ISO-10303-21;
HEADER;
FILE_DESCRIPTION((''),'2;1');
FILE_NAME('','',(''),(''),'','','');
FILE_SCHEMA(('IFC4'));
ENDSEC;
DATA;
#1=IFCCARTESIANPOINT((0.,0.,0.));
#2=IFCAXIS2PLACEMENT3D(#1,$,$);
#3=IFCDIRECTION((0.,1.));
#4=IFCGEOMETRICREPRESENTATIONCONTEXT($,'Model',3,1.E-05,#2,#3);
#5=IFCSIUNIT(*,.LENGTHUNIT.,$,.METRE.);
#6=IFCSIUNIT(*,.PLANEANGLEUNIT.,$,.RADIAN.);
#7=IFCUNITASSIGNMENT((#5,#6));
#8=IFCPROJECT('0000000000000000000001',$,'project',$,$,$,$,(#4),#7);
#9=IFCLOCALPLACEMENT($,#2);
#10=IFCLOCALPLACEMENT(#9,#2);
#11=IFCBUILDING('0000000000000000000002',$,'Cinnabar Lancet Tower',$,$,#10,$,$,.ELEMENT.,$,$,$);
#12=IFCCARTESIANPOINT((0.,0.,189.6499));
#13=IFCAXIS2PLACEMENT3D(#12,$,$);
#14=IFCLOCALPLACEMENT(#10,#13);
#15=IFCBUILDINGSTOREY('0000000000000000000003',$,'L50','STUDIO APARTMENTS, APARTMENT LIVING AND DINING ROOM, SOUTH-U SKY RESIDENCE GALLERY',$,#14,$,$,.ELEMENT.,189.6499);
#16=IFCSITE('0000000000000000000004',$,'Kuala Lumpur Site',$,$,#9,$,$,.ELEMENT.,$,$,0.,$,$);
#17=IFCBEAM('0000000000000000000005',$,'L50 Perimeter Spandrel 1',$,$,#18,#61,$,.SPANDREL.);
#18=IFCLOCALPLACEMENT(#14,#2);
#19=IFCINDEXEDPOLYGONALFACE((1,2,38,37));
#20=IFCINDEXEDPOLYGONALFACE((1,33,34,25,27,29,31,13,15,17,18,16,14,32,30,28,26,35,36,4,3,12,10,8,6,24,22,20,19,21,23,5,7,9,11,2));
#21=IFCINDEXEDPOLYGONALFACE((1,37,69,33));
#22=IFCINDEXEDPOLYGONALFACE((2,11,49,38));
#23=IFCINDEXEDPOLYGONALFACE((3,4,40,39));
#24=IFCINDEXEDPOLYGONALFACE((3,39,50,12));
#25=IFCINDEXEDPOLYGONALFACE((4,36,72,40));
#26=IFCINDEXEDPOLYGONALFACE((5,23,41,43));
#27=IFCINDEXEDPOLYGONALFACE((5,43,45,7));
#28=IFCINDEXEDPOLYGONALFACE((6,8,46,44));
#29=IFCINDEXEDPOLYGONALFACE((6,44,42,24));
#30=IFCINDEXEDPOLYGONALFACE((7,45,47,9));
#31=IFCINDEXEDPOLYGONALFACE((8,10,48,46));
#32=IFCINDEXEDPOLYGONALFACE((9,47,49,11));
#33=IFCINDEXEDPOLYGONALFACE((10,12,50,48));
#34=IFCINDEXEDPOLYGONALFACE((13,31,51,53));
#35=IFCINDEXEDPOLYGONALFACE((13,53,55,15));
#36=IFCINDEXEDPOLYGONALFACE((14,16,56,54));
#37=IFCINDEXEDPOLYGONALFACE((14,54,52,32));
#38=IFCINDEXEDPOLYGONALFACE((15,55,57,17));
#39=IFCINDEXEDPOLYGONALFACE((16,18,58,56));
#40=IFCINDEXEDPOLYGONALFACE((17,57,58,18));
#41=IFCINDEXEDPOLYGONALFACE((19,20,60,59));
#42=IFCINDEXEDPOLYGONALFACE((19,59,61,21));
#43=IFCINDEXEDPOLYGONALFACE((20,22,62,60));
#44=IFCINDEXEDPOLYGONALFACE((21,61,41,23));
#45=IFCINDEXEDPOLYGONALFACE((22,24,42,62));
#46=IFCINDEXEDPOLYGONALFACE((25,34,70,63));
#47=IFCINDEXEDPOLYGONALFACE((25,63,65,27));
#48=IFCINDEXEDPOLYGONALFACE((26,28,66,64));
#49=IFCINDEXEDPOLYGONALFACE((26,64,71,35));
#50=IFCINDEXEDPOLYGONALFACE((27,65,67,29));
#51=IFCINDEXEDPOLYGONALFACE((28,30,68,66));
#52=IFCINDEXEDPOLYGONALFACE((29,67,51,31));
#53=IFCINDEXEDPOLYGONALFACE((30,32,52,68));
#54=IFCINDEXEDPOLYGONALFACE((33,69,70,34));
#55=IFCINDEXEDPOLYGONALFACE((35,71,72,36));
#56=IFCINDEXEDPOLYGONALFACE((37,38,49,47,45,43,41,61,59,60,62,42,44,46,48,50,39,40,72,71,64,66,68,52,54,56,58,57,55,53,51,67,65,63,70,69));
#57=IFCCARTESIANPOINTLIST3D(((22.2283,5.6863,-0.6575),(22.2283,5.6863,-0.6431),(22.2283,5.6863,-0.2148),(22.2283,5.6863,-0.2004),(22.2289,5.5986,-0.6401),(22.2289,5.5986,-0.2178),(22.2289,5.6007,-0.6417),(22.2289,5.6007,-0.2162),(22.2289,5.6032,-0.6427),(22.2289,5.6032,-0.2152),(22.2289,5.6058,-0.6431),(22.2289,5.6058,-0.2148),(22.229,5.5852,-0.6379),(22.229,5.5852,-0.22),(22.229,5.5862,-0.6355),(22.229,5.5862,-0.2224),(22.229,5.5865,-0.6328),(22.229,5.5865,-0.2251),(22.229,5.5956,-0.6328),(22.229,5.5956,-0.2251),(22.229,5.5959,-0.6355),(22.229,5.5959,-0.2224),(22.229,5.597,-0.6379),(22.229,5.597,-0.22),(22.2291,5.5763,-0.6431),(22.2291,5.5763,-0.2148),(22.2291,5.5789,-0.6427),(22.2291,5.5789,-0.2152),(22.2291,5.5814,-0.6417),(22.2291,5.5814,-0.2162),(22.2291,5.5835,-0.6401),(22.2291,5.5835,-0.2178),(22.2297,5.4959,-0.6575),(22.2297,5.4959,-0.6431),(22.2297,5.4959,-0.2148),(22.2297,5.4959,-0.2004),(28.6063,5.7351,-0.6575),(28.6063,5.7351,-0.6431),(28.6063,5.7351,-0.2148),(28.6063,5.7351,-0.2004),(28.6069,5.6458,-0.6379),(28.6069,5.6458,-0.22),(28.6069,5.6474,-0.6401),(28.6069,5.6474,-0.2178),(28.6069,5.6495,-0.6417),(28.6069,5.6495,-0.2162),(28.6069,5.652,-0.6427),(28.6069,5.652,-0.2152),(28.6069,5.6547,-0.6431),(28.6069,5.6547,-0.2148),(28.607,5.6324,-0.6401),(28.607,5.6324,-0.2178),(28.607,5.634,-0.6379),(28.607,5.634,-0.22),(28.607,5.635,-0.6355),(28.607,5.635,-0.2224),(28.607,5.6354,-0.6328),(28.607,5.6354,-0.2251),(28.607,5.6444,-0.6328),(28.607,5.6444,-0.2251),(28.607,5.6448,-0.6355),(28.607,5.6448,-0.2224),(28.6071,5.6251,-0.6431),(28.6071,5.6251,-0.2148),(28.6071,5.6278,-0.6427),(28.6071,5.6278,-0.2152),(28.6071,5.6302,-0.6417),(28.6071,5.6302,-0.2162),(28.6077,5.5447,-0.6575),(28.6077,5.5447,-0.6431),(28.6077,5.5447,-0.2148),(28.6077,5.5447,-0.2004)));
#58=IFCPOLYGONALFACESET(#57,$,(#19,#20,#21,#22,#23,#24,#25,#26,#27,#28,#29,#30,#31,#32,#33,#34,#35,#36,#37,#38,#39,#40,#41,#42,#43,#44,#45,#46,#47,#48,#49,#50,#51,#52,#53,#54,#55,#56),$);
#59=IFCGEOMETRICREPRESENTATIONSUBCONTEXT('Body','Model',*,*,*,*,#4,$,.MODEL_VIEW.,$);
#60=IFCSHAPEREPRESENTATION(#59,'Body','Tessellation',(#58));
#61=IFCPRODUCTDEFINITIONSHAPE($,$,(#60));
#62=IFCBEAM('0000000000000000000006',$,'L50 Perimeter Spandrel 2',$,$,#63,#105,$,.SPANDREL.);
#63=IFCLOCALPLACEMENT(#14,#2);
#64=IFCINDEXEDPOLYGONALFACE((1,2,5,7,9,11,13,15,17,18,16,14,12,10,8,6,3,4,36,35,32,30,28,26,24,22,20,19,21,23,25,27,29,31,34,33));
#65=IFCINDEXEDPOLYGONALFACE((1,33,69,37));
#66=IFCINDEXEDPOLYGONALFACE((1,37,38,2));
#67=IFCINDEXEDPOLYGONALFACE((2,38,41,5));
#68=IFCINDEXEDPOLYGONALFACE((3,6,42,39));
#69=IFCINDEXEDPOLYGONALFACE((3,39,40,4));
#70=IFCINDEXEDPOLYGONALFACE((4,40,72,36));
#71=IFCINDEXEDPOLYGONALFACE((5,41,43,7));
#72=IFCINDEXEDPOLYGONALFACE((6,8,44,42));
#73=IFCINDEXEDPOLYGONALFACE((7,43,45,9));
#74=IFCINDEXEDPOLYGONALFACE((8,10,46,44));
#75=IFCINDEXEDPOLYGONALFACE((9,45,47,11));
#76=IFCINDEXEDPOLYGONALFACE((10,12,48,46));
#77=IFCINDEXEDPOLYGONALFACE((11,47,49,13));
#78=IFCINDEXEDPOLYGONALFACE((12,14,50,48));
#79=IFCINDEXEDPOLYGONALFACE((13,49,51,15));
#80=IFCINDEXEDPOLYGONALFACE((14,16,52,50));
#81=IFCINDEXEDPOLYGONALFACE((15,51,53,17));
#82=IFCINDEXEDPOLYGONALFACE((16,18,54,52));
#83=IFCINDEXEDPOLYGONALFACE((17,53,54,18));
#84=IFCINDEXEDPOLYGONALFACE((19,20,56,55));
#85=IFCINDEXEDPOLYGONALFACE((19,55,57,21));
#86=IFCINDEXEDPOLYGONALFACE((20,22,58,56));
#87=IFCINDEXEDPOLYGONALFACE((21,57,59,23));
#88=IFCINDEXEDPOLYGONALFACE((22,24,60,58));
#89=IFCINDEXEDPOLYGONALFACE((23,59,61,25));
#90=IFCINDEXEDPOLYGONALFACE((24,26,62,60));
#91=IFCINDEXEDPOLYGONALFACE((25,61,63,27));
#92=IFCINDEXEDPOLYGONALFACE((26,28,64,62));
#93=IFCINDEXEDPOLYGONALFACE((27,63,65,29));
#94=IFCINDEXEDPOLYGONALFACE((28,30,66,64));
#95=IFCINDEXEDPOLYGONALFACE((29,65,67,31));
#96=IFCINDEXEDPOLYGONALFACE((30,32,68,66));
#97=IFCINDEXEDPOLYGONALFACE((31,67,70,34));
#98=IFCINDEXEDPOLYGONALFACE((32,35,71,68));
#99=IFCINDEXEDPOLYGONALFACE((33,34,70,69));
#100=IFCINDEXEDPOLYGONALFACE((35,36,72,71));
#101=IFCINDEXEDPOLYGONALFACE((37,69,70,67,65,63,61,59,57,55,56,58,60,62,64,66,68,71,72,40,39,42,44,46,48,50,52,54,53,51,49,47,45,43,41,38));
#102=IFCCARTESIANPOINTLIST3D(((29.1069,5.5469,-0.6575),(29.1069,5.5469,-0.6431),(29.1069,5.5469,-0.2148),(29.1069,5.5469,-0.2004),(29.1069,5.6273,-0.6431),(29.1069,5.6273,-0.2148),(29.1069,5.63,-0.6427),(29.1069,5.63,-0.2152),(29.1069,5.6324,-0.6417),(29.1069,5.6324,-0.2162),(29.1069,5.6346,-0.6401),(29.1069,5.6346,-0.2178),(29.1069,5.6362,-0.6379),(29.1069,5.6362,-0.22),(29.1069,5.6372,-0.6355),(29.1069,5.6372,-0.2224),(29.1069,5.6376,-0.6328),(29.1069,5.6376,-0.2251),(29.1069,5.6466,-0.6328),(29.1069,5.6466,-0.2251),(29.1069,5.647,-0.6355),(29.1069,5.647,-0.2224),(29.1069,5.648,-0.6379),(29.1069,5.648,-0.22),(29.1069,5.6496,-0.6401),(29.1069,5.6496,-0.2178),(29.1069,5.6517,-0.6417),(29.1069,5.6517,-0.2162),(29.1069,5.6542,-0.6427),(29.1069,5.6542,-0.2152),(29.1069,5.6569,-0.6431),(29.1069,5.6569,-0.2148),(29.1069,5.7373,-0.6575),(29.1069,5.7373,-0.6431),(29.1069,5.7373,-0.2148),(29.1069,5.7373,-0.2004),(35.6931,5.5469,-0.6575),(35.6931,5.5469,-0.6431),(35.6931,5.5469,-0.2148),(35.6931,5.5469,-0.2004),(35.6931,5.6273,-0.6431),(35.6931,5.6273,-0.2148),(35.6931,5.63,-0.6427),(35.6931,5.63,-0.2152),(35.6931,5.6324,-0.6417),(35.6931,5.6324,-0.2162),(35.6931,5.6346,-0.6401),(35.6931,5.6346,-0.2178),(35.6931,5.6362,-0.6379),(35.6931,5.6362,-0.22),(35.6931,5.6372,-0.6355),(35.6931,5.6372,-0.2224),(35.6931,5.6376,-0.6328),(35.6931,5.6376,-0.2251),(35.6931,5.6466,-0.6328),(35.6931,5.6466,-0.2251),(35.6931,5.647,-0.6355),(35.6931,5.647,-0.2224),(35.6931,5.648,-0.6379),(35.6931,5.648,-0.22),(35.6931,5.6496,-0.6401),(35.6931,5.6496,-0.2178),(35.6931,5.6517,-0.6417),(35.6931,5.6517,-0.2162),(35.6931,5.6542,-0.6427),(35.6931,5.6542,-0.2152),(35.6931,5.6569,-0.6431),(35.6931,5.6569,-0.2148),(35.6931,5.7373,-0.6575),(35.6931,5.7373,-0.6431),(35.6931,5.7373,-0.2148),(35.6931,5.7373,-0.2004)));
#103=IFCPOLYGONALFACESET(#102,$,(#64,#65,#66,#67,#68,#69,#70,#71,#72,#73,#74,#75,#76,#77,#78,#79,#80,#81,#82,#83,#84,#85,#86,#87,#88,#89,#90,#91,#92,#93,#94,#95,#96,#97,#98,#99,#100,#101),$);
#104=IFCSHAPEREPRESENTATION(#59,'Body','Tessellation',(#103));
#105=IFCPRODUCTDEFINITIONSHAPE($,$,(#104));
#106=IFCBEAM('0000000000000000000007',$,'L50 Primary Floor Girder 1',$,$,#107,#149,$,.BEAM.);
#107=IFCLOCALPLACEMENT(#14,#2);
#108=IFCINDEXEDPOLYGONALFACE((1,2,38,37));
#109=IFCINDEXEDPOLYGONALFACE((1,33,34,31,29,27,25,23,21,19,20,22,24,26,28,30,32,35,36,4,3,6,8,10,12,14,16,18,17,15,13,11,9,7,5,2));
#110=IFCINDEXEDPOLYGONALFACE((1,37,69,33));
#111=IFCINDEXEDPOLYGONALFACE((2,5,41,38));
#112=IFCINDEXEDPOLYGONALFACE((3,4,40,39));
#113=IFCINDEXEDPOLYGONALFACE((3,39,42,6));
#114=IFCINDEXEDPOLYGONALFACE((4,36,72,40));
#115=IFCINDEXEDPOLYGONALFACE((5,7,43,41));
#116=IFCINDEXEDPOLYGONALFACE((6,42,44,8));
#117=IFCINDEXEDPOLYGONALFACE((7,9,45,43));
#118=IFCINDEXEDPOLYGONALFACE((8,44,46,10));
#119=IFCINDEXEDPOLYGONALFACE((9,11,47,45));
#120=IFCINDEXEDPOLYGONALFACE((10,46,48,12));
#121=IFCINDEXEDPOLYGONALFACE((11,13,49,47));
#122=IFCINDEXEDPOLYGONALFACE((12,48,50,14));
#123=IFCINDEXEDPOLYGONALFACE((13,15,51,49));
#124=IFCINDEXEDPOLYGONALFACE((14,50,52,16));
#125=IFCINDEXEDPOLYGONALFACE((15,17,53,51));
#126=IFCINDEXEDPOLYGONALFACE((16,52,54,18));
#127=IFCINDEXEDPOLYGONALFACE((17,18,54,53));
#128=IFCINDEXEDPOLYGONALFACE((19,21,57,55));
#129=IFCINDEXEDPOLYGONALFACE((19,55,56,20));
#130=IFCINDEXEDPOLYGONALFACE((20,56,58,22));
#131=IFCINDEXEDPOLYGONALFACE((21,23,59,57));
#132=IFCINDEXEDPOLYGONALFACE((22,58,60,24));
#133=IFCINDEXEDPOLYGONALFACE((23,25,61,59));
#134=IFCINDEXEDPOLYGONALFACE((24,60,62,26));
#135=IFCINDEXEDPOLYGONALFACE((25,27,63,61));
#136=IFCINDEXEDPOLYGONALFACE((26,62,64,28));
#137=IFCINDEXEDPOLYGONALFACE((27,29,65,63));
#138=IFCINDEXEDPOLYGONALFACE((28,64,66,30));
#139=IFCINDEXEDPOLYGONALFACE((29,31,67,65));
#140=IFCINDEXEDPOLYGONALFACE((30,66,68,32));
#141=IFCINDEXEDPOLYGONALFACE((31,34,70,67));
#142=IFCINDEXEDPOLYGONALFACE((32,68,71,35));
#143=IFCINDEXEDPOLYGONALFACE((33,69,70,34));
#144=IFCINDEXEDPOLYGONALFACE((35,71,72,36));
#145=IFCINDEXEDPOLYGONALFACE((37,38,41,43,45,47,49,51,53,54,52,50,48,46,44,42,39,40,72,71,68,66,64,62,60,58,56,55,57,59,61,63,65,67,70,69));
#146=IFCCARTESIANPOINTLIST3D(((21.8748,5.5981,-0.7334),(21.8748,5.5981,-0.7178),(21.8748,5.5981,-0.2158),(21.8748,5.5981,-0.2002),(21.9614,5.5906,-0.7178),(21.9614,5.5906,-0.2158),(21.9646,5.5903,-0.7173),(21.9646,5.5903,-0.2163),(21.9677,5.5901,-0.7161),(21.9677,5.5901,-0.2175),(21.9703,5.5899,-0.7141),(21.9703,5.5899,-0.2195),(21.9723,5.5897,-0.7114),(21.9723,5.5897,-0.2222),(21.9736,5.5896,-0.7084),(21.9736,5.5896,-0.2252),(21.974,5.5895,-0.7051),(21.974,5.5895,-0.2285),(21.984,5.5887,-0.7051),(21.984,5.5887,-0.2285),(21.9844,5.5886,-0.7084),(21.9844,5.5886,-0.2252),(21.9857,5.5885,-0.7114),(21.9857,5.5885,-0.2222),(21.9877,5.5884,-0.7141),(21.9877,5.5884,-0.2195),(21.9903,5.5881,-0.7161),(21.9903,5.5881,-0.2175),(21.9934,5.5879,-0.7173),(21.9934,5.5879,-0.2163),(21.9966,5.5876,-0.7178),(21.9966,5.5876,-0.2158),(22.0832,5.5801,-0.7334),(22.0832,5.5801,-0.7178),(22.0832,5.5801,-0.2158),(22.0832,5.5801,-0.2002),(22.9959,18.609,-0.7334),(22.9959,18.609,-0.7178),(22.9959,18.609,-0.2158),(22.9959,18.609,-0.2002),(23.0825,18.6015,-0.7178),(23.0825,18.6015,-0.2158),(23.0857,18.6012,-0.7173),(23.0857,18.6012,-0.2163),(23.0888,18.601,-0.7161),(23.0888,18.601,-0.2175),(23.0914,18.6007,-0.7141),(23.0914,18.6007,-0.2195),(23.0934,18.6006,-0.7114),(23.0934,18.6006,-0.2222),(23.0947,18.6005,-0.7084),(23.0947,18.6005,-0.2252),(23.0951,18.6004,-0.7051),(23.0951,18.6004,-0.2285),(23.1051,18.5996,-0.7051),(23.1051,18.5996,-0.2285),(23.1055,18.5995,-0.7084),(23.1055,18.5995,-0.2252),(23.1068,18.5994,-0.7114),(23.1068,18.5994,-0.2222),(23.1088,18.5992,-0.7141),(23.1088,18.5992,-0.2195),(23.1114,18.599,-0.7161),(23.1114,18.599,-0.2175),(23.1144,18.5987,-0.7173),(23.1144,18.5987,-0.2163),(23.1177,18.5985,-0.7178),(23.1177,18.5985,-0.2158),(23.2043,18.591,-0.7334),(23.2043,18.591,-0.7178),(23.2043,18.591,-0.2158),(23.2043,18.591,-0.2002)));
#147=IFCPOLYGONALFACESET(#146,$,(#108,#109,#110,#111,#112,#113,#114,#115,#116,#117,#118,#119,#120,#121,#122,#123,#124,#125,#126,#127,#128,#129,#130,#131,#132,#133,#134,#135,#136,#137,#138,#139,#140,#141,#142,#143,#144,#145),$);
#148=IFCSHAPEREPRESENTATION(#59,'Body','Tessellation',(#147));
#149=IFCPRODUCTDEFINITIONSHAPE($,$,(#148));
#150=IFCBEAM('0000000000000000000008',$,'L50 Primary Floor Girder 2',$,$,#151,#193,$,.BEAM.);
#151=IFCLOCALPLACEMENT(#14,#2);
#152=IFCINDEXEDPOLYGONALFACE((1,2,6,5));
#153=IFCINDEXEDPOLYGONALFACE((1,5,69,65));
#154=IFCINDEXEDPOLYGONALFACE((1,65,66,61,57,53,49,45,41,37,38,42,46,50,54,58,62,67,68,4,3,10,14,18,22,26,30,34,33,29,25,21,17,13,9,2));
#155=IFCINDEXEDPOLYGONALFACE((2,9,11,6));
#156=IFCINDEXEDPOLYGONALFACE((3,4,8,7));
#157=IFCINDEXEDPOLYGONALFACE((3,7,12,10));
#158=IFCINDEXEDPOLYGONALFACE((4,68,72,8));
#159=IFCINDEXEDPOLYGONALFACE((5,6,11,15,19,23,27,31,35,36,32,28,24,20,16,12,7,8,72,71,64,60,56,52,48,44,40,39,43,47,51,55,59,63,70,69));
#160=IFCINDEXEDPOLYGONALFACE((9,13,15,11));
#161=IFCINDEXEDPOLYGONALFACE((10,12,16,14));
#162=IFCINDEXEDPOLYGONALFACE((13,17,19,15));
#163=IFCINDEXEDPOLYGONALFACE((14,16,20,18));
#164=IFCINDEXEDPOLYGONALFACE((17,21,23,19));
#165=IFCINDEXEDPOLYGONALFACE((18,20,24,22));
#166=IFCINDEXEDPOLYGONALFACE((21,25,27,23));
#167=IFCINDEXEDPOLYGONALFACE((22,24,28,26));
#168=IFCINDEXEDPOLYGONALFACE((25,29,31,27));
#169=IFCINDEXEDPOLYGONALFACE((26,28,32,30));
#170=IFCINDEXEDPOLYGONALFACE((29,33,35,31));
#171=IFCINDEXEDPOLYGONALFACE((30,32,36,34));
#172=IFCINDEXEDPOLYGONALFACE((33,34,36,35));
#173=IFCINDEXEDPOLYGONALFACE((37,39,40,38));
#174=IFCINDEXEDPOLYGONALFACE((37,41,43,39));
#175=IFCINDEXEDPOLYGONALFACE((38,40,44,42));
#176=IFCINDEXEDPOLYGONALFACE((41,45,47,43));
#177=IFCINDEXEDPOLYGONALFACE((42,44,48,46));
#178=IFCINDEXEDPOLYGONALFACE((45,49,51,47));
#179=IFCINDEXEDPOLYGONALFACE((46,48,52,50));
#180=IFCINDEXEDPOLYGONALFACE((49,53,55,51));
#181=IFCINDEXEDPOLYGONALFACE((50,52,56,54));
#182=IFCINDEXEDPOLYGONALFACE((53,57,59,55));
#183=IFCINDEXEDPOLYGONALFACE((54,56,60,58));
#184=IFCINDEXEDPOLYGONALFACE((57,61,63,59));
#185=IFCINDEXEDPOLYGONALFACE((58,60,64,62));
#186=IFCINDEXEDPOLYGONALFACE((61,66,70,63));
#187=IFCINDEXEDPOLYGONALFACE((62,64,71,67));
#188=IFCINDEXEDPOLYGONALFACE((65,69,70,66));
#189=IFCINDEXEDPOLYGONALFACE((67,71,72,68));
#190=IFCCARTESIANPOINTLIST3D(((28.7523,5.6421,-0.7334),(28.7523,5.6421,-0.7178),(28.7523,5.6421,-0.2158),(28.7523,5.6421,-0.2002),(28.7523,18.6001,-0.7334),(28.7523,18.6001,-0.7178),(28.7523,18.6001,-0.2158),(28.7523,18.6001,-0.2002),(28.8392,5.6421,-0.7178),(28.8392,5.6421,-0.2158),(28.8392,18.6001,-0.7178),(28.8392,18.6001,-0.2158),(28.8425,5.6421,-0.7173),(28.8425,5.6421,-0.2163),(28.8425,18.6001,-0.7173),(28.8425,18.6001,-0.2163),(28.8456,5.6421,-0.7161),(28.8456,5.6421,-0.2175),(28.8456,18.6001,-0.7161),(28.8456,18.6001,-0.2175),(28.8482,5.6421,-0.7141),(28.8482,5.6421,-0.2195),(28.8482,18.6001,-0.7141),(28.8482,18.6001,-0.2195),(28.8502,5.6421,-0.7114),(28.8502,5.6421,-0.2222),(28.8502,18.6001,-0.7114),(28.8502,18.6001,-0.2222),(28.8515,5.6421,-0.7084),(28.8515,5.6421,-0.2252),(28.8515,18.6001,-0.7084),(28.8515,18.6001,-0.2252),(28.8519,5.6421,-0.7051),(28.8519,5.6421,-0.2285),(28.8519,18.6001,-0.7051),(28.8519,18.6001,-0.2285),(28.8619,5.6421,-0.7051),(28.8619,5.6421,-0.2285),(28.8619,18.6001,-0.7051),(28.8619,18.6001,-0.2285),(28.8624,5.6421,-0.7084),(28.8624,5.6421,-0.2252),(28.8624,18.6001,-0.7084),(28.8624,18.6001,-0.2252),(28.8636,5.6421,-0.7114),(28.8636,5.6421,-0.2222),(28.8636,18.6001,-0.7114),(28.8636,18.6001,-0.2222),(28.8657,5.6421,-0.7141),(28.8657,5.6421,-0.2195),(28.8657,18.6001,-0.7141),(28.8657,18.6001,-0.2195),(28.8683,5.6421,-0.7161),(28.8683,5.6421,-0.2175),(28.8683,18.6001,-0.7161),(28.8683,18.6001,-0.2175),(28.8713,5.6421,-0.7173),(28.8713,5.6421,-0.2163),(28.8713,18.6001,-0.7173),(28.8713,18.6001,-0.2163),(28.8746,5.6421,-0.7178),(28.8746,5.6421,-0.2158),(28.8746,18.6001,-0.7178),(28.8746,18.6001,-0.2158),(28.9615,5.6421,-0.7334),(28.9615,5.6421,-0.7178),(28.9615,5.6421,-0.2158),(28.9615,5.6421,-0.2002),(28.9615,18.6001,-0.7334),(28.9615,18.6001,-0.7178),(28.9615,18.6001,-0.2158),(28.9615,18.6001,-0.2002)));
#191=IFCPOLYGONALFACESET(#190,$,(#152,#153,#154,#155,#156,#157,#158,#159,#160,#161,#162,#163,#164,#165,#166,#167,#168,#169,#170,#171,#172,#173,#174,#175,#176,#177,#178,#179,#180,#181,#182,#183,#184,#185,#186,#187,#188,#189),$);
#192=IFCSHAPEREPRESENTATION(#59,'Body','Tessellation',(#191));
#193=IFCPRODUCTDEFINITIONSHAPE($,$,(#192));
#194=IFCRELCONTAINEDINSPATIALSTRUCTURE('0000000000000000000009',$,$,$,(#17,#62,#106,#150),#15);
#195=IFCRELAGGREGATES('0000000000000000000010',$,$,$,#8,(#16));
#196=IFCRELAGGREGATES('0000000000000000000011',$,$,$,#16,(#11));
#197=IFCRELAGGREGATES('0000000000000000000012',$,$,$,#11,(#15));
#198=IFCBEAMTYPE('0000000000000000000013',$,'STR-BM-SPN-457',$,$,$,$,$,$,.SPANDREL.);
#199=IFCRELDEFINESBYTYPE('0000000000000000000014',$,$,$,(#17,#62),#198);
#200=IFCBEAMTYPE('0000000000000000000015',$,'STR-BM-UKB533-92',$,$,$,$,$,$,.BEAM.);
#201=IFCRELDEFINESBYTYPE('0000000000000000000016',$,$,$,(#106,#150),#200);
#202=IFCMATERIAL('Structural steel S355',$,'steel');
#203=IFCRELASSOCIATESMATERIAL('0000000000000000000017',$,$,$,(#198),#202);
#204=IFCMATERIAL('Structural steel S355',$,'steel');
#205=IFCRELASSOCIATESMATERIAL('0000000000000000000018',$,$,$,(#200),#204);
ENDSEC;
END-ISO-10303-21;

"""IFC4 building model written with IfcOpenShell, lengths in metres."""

from ifc_helpers import new_model, si_unit, direction, frame, origin, origin_2d, place, context, subcontext, project, spatial, i_section, extrude, material, material_profile, profile_set, type_object, element, save


model = new_model("IFC4")

# Units and contexts
model_context = context("Model", 3, precision=1e-05, world=origin(), true_north=direction((0.0, 1.0)))
body_context = subcontext(model_context, "Body", "Model", "MODEL_VIEW")
ifc_project = project(units=[si_unit("LENGTHUNIT", "METRE"), si_unit("PLANEANGLEUNIT", "RADIAN")], contexts=[model_context])

# Site, building, storey
site_placement = place(None, origin())
site = spatial("IfcSite", under=ifc_project, at=site_placement, Name="Kuala Lumpur Site", CompositionType="ELEMENT", RefElevation=0.0)
building_placement = place(site_placement, origin())
building = spatial("IfcBuilding", under=site, at=building_placement, Name="Cinnabar Lancet Tower", CompositionType="ELEMENT")
storey_placement = place(building_placement, frame((0.0, 0.0, 189.6499)))
storey = spatial("IfcBuildingStorey", under=building, at=storey_placement, Name="L50", Description="STUDIO APARTMENTS, APARTMENT LIVING AND DINING ROOM, SOUTH-U SKY RESIDENCE GALLERY", CompositionType="ELEMENT", Elevation=189.6499)

# Beams
ifc_material_1 = material(Name="Structural steel S355", Category="steel")
ifc_material_profile_1 = material_profile(ifc_material_1, i_section(OverallWidth=0.1904, OverallDepth=0.457, WebThickness=0.009, FlangeThickness=0.0144, FilletRadius=0.0103, at=origin_2d()), Name="UKB 457x191x74")
ifc_profile_set_1 = profile_set([ifc_material_profile_1], Name="Structural steel S355")
beam_type_1 = type_object("IfcBeamType", Name="STR-BM-SPN-457", PredefinedType="SPANDREL", material=ifc_profile_set_1)
beam_1_placement = place(storey_placement, frame((22.229, 5.5911, -0.429), z_axis=(0.999971, 0.007656, 0.0), x_axis=(-0.007656, 0.999971, 0.0)))
element("IfcBeam", 1, at=beam_1_placement, inside=storey, type_object=beam_type_1, Name="L50 Perimeter Spandrel 1", PredefinedType="SPANDREL", context=body_context, shape_type="SweptSolid", body=[
    extrude(i_section(OverallWidth=0.1904, OverallDepth=0.457, WebThickness=0.009, FlangeThickness=0.0144, FilletRadius=0.0103, at=origin_2d()), origin(), (0.0, 0.0, 1.0), 6.3782),
])
beam_2_placement = place(storey_placement, frame((29.1069, 5.6421, -0.429), z_axis=(1.0, 0.0, 0.0), x_axis=(0.0, 1.0, 0.0)))
element("IfcBeam", 2, at=beam_2_placement, inside=storey, type_object=beam_type_1, Name="L50 Perimeter Spandrel 2", PredefinedType="SPANDREL", context=body_context, shape_type="SweptSolid", body=[
    extrude(i_section(OverallWidth=0.1904, OverallDepth=0.457, WebThickness=0.009, FlangeThickness=0.0144, FilletRadius=0.0103, at=origin_2d()), origin(), (0.0, 0.0, 1.0), 6.5862),
])
ifc_material_2 = material(Name="Structural steel S355", Category="steel")
ifc_material_profile_2 = material_profile(ifc_material_2, i_section(OverallWidth=0.2092, OverallDepth=0.5332, WebThickness=0.01, FlangeThickness=0.0156, FilletRadius=0.0127, at=origin_2d()), Name="UKB 533x210x92")
ifc_profile_set_2 = profile_set([ifc_material_profile_2], Name="Structural steel S355")
beam_type_2 = type_object("IfcBeamType", Name="STR-BM-UKB533-92", PredefinedType="BEAM", material=ifc_profile_set_2)
beam_3_placement = place(storey_placement, frame((21.979, 5.5891, -0.4668), z_axis=(0.085847, 0.996308, 0.0), x_axis=(-0.996308, 0.085847, 0.0)))
element("IfcBeam", 3, at=beam_3_placement, inside=storey, type_object=beam_type_2, Name="L50 Primary Floor Girder 1", PredefinedType="BEAM", context=body_context, shape_type="SweptSolid", body=[
    extrude(i_section(OverallWidth=0.2092, OverallDepth=0.5332, WebThickness=0.01, FlangeThickness=0.0156, FilletRadius=0.0127, at=origin_2d()), origin(), (0.0, 0.0, 1.0), 13.0591),
])
beam_4_placement = place(storey_placement, frame((28.8569, 5.6421, -0.4668), z_axis=(0.0, 1.0, 0.0), x_axis=(-1.0, 0.0, 0.0)))
element("IfcBeam", 4, at=beam_4_placement, inside=storey, type_object=beam_type_2, Name="L50 Primary Floor Girder 2", PredefinedType="BEAM", context=body_context, shape_type="SweptSolid", body=[
    extrude(i_section(OverallWidth=0.2092, OverallDepth=0.5332, WebThickness=0.01, FlangeThickness=0.0156, FilletRadius=0.0127, at=origin_2d()), origin(), (0.0, 0.0, 1.0), 12.958),
])

save(model, "model.ifc")
